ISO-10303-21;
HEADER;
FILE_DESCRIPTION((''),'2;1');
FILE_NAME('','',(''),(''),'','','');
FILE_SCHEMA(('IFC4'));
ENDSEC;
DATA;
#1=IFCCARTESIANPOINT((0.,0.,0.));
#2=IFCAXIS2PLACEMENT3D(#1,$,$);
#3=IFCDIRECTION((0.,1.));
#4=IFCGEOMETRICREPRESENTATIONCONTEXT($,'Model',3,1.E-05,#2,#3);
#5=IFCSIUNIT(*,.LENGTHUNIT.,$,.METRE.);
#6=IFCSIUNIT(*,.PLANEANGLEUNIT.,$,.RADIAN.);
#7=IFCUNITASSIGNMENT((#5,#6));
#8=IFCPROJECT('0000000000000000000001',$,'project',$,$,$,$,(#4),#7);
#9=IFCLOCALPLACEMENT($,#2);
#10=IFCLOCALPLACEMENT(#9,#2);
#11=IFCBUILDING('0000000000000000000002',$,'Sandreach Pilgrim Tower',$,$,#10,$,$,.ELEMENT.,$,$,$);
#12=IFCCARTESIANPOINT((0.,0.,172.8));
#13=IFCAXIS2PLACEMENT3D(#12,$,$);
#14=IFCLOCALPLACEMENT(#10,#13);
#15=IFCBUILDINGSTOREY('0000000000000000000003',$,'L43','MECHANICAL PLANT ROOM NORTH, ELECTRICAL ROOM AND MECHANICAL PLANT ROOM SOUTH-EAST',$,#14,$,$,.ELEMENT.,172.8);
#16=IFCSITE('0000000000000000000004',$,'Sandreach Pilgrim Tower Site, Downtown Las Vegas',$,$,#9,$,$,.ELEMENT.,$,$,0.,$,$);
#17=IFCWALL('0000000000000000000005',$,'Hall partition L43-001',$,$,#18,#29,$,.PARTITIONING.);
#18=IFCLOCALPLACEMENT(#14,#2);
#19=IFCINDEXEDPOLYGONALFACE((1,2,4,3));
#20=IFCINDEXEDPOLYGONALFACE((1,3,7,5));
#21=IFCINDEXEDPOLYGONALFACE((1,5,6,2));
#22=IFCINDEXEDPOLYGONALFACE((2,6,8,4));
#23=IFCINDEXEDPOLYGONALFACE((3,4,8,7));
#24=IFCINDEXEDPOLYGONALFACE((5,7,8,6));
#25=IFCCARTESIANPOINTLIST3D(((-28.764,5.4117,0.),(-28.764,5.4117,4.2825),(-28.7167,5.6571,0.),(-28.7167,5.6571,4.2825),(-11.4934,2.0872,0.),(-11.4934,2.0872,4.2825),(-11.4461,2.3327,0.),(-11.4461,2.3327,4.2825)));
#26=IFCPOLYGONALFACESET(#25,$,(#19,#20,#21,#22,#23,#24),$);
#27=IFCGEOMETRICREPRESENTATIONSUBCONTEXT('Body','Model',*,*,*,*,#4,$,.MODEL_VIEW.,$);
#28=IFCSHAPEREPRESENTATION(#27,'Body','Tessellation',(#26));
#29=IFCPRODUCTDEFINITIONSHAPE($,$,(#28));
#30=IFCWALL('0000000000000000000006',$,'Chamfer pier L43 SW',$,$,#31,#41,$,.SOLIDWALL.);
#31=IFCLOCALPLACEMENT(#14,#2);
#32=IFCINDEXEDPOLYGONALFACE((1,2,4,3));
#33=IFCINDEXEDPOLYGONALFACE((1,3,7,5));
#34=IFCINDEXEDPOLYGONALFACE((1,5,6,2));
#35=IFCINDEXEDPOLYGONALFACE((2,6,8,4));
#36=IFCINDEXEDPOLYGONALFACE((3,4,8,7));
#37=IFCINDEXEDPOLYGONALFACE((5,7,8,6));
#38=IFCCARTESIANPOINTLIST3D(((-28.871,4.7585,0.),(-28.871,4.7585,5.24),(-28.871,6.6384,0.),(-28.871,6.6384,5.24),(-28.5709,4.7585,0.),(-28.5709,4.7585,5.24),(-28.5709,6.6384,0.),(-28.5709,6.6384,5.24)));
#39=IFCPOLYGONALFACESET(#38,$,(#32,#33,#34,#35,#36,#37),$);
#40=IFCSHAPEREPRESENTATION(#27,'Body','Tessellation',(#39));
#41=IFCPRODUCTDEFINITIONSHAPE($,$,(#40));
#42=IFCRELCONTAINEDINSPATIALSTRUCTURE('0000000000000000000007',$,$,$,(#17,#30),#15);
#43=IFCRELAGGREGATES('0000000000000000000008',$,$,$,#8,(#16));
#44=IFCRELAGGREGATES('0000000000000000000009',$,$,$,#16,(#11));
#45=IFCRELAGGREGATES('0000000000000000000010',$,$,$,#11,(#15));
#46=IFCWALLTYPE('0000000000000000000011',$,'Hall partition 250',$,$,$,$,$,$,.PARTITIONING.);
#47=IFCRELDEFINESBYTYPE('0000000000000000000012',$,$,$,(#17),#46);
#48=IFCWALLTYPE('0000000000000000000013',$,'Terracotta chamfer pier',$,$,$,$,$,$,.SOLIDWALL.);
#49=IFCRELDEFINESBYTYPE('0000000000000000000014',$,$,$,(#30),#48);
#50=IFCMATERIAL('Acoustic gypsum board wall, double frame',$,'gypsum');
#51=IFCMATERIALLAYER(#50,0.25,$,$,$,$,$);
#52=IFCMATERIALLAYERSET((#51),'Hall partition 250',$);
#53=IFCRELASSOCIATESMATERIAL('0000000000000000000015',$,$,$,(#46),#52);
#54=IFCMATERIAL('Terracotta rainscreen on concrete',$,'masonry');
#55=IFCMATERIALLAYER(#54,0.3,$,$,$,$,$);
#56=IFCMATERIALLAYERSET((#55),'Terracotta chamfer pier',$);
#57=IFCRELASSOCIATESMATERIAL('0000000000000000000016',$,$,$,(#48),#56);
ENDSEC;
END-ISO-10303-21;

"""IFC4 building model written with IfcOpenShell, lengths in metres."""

from ifc_helpers import new_model, si_unit, direction, frame, frame_2d, origin, place, context, subcontext, project, spatial, rectangle, extrude, material, layer, layer_set, type_object, element, save


model = new_model("IFC4")

# Units and contexts
model_context = context("Model", 3, precision=1e-05, world=origin(), true_north=direction((0.0, 1.0)))
body_context = subcontext(model_context, "Body", "Model", "MODEL_VIEW")
ifc_project = project(units=[si_unit("LENGTHUNIT", "METRE"), si_unit("PLANEANGLEUNIT", "RADIAN")], contexts=[model_context])

# Site, building, storey
site_placement = place(None, origin())
site = spatial("IfcSite", under=ifc_project, at=site_placement, Name="Sandreach Pilgrim Tower Site, Downtown Las Vegas", CompositionType="ELEMENT", RefElevation=0.0)
building_placement = place(site_placement, origin())
building = spatial("IfcBuilding", under=site, at=building_placement, Name="Sandreach Pilgrim Tower", CompositionType="ELEMENT")
storey_placement = place(building_placement, frame((0.0, 0.0, 172.8)))
storey = spatial("IfcBuildingStorey", under=building, at=storey_placement, Name="L43", Description="MECHANICAL PLANT ROOM NORTH, ELECTRICAL ROOM AND MECHANICAL PLANT ROOM SOUTH-EAST", CompositionType="ELEMENT", Elevation=172.8)

# Walls
ifc_material_1 = material(Name="Acoustic gypsum board wall, double frame", Category="gypsum")
ifc_layer_1 = layer(ifc_material_1, 0.25)
ifc_layer_set_1 = layer_set([ifc_layer_1], Name="Hall partition 250")
wall_type_1 = type_object("IfcWallType", Name="Hall partition 250", PredefinedType="PARTITIONING", material=ifc_layer_set_1)
wall_1_placement = place(storey_placement, frame((-28.7405, 5.5344, 0.0), z_axis=(0.0, 0.0, 1.0), x_axis=(0.981973, -0.189023, 0.0)))
element("IfcWall", 1, at=wall_1_placement, inside=storey, type_object=wall_type_1, Name="Hall partition L43-001", PredefinedType="PARTITIONING", context=body_context, shape_type="SweptSolid", body=[
    extrude(rectangle(XDim=17.5876, YDim=0.25, at=frame_2d((8.7939, 0.0))), origin(), (0.0, 0.0, 1.0), 4.2825),
])
ifc_material_2 = material(Name="Terracotta rainscreen on concrete", Category="masonry")
ifc_layer_2 = layer(ifc_material_2, 0.3)
ifc_layer_set_2 = layer_set([ifc_layer_2], Name="Terracotta chamfer pier")
wall_type_2 = type_object("IfcWallType", Name="Terracotta chamfer pier", PredefinedType="SOLIDWALL", material=ifc_layer_set_2)
wall_2_placement = place(storey_placement, frame((-28.7209, 4.7585, 0.0), z_axis=(0.0, 0.0, 1.0), x_axis=(0.0, 1.0, 0.0)))
element("IfcWall", 2, at=wall_2_placement, inside=storey, type_object=wall_type_2, Name="Chamfer pier L43 SW", PredefinedType="SOLIDWALL", context=body_context, shape_type="SweptSolid", body=[
    extrude(rectangle(XDim=1.8799, YDim=0.3, at=frame_2d((0.9399, 0.0))), origin(), (0.0, 0.0, 1.0), 5.24),
])

save(model, "model.ifc")
